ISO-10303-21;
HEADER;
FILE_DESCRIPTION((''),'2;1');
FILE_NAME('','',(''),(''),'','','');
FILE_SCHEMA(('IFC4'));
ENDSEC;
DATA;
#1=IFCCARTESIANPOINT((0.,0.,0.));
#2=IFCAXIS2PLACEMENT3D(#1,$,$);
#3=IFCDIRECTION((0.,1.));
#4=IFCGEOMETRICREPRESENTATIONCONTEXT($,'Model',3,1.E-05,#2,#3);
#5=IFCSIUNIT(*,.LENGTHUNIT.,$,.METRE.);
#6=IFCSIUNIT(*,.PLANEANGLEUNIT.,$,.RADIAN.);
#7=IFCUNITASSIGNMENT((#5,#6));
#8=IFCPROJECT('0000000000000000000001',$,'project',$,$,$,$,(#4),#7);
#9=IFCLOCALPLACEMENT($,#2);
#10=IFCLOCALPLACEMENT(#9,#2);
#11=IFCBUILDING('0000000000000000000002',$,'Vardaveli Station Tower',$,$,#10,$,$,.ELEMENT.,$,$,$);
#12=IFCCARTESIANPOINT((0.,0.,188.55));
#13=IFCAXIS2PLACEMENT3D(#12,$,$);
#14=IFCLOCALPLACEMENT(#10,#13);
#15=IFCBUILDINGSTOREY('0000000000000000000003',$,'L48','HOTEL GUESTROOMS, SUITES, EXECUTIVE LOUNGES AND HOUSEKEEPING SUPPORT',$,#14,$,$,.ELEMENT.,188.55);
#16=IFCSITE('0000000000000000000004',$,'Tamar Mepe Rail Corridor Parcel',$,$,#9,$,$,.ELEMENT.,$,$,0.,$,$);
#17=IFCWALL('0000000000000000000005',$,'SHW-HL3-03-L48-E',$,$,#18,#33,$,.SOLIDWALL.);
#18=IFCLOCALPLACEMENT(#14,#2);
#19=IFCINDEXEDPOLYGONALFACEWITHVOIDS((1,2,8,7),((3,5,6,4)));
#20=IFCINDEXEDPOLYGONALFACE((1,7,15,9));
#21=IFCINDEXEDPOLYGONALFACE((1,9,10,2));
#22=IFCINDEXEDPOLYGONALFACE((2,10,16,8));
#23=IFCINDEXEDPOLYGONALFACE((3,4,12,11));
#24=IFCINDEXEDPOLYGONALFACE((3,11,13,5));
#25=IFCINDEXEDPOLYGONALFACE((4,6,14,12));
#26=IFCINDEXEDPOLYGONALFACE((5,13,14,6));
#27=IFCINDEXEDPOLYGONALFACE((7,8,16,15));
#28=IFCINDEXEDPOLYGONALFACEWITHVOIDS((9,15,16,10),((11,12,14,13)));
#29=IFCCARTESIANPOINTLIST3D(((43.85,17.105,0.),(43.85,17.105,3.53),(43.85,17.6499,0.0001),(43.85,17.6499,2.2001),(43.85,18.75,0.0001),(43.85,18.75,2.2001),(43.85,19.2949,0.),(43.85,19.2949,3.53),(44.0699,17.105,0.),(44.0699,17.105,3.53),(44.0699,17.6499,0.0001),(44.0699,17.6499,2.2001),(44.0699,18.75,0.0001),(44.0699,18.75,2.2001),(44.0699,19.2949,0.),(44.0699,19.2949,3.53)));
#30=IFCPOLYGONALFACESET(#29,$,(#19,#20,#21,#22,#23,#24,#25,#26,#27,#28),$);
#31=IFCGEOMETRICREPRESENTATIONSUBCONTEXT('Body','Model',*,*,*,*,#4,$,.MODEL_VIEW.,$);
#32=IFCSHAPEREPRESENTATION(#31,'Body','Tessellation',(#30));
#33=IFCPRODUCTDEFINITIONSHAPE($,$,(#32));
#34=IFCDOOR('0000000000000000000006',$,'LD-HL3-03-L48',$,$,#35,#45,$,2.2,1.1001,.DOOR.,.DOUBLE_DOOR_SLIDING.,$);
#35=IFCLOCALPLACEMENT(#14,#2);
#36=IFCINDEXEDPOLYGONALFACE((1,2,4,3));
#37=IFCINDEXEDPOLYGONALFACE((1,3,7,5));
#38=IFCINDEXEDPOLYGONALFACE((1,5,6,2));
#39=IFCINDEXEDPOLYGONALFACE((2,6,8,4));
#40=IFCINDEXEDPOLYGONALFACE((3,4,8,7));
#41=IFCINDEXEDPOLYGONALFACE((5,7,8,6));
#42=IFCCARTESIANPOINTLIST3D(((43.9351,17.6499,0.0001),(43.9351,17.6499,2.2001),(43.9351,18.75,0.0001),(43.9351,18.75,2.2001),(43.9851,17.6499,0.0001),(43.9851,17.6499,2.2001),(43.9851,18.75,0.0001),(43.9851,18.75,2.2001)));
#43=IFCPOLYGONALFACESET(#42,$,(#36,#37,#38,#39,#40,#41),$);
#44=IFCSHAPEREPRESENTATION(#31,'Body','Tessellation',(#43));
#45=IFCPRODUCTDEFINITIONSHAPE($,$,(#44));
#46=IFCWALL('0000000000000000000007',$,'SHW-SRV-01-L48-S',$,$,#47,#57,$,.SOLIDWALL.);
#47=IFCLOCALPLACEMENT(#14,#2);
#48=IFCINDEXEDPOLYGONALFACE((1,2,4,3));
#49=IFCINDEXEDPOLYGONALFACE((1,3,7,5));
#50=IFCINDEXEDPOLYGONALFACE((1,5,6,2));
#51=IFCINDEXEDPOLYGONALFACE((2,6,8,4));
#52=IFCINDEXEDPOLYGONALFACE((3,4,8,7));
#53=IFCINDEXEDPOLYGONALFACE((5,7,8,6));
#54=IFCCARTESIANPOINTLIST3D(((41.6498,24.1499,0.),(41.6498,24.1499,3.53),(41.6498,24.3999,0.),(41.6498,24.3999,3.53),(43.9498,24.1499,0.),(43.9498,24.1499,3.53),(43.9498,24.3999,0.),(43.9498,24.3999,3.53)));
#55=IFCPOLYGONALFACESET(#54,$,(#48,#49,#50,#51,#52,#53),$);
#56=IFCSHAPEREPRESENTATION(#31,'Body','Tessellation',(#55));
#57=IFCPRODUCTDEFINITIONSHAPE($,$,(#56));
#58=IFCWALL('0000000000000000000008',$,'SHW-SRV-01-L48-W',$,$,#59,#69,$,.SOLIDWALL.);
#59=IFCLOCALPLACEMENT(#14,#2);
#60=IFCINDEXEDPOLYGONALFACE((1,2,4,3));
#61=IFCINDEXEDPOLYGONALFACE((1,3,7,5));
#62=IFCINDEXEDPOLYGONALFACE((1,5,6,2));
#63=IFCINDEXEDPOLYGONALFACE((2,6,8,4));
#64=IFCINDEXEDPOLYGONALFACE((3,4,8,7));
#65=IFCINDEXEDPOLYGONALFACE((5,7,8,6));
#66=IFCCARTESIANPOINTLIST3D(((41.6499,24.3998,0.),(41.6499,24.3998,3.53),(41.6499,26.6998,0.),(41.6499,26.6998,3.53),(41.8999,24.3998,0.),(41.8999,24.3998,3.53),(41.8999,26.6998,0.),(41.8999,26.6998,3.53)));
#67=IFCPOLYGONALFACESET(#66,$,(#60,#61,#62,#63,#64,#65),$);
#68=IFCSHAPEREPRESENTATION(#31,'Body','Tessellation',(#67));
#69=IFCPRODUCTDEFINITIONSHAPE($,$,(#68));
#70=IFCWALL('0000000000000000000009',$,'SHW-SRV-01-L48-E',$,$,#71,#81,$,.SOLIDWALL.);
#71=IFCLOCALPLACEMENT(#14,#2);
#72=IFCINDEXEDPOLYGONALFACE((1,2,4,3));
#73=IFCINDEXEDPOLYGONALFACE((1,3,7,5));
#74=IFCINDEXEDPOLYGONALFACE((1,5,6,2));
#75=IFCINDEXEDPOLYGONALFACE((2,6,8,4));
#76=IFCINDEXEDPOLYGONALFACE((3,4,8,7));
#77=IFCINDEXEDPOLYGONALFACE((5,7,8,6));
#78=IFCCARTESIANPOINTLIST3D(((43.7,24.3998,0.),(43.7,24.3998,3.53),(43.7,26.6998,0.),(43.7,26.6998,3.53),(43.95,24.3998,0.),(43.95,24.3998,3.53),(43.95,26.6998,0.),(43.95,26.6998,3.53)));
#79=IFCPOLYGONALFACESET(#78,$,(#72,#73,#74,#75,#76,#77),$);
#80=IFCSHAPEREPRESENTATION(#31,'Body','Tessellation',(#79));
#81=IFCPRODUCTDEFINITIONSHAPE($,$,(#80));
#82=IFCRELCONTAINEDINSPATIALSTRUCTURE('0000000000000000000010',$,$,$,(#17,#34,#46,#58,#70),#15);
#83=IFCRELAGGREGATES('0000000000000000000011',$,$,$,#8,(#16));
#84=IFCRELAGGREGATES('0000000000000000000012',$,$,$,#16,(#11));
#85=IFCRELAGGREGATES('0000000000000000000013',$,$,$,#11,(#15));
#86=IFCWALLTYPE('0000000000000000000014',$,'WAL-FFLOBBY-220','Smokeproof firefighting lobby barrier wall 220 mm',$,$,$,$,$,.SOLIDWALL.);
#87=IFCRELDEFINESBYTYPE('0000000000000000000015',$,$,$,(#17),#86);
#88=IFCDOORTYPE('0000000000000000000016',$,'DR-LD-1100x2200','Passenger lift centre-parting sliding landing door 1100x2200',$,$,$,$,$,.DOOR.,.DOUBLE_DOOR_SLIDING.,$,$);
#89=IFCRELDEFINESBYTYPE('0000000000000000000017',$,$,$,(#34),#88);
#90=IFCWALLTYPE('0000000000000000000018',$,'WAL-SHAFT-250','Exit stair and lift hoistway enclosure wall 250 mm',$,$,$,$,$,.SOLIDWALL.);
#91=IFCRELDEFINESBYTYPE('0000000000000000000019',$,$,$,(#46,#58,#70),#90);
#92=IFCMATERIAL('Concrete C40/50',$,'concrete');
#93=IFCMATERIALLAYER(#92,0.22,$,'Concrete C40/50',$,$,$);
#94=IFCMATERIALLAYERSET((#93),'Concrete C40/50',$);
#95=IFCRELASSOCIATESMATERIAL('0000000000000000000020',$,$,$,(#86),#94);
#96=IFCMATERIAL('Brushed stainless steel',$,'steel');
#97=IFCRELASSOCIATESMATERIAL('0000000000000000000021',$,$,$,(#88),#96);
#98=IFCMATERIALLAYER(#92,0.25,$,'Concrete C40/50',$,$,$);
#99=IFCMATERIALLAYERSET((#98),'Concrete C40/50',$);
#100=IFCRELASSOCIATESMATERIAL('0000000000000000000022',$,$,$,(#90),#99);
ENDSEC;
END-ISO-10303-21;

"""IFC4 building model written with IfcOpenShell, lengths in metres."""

from ifc_helpers import new_model, si_unit, direction, frame, frame_2d, origin, place, context, subcontext, project, spatial, rectangle, extrude, source, transform, mapped, material, layer, layer_set, type_object, element, fill, save


model = new_model("IFC4")

# Units and contexts
model_context = context("Model", 3, precision=1e-05, world=origin(), true_north=direction((0.0, 1.0)))
body_context = subcontext(model_context, "Body", "Model", "MODEL_VIEW")
ifc_project = project(units=[si_unit("LENGTHUNIT", "METRE"), si_unit("PLANEANGLEUNIT", "RADIAN")], contexts=[model_context])

# Site, building, storey
site_placement = place(None, origin())
site = spatial("IfcSite", under=ifc_project, at=site_placement, Name="Tamar Mepe Rail Corridor Parcel", CompositionType="ELEMENT", RefElevation=0.0)
building_placement = place(site_placement, origin())
building = spatial("IfcBuilding", under=site, at=building_placement, Name="Vardaveli Station Tower", CompositionType="ELEMENT")
storey_placement = place(building_placement, frame((0.0, 0.0, 188.55)))
storey = spatial("IfcBuildingStorey", under=building, at=storey_placement, Name="L48", Description="HOTEL GUESTROOMS, SUITES, EXECUTIVE LOUNGES AND HOUSEKEEPING SUPPORT", CompositionType="ELEMENT", Elevation=188.55)

# Shared definitions
ifc_material_1 = material(Name="Concrete C40/50", Category="concrete")
ifc_layer_1 = layer(ifc_material_1, 0.22, Name="Concrete C40/50")
ifc_layer_set_1 = layer_set([ifc_layer_1], Name="Concrete C40/50")
wall_type_1 = type_object("IfcWallType", Name="WAL-FFLOBBY-220", Description="Smokeproof firefighting lobby barrier wall 220 mm", PredefinedType="SOLIDWALL", material=ifc_layer_set_1)
shared_shape_1 = source(origin(), body_context, "Body", "SweptSolid", [
    extrude(rectangle(XDim=2.1899, YDim=0.22, at=frame_2d((1.095, 0.0))), origin(), (0.0, 0.0, 1.0), 3.53),
])

# Shared definitions
shared_shape_2 = source(origin(), body_context, "Body", "SweptSolid", [
    extrude(rectangle(XDim=1.1001, YDim=2.2, at=frame_2d((0.55, 1.1001))), frame((0.0, 0.1201, 0.0), z_axis=(0.0, -1.0, 0.0), x_axis=(1.0, 0.0, 0.0)), (0.0, 0.0, 1.0), 0.24),
])
ifc_material_2 = material(Name="Brushed stainless steel", Category="steel")
door_type = type_object("IfcDoorType", Name="DR-LD-1100x2200", Description="Passenger lift centre-parting sliding landing door 1100x2200", OperationType="DOUBLE_DOOR_SLIDING", PredefinedType="DOOR", material=ifc_material_2)
shared_shape_3 = source(origin(), body_context, "Body", "SweptSolid", [
    extrude(rectangle(XDim=1.1001, YDim=2.2, at=frame_2d((0.55, 1.1001))), frame((0.0, 0.0249, 0.0), z_axis=(0.0, -1.0, 0.0), x_axis=(1.0, 0.0, 0.0)), (0.0, 0.0, 1.0), 0.05),
])

# Wall, opening, door
wall_1_placement = place(storey_placement, frame((43.96, 17.105, 0.0), z_axis=(0.0, 0.0, 1.0), x_axis=(0.0, 1.0, 0.0)))
wall_1 = element("IfcWall", 1, at=wall_1_placement, inside=storey, type_object=wall_type_1, Name="SHW-HL3-03-L48-E", PredefinedType="SOLIDWALL", context=body_context, shape_type="MappedRepresentation", body=[
    mapped(shared_shape_1, transform((0.0, 0.0, 0.0), scale=1.0)),
])
opening_1_placement = place(wall_1_placement, frame((0.5449, 0.0, 0.0)))
opening_1 = element("IfcOpeningElement", 2, at=opening_1_placement, cuts=wall_1, PredefinedType="OPENING", context=body_context, shape_type="MappedRepresentation", body=[
    mapped(shared_shape_2, transform((0.0, 0.0, 0.0), scale=1.0)),
])
door_1_placement = place(opening_1_placement, origin())
door_1 = element("IfcDoor", 3, at=door_1_placement, inside=storey, type_object=door_type, Name="LD-HL3-03-L48", OperationType="DOUBLE_DOOR_SLIDING", OverallHeight=2.2, OverallWidth=1.1001, PredefinedType="DOOR", context=body_context, shape_type="MappedRepresentation", body=[
    mapped(shared_shape_3, transform((0.0, 0.0, 0.0), scale=1.0)),
])
fill(opening_1, door_1)

# Walls
ifc_layer_2 = layer(ifc_material_1, 0.25, Name="Concrete C40/50")
ifc_layer_set_2 = layer_set([ifc_layer_2], Name="Concrete C40/50")
wall_type_2 = type_object("IfcWallType", Name="WAL-SHAFT-250", Description="Exit stair and lift hoistway enclosure wall 250 mm", PredefinedType="SOLIDWALL", material=ifc_layer_set_2)
shared_shape_4 = source(origin(), body_context, "Body", "SweptSolid", [
    extrude(rectangle(XDim=2.3, YDim=0.25, at=frame_2d((1.1499, 0.0))), origin(), (0.0, 0.0, 1.0), 3.53),
])
for number, where, z_axis, x_axis, name in (
    (4, (41.6499, 24.2749, 0.0), (0.0, 0.0, 1.0), (1.0, 0.0, 0.0), "SHW-SRV-01-L48-S"),
    (5, (41.7749, 24.3999, 0.0), (0.0, 0.0, 1.0), (0.0, 1.0, 0.0), "SHW-SRV-01-L48-W"),
    (6, (43.825, 24.3999, 0.0), (0.0, 0.0, 1.0), (0.0, 1.0, 0.0), "SHW-SRV-01-L48-E"),
):
    element("IfcWall", number, at=place(storey_placement, frame(where, z_axis=z_axis, x_axis=x_axis)), inside=storey, type_object=wall_type_2, Name=name, PredefinedType="SOLIDWALL", context=body_context, shape_type="MappedRepresentation", body=[
        mapped(shared_shape_4, transform((0.0, 0.0, 0.0), scale=1.0)),
    ])

save(model, "model.ifc")
